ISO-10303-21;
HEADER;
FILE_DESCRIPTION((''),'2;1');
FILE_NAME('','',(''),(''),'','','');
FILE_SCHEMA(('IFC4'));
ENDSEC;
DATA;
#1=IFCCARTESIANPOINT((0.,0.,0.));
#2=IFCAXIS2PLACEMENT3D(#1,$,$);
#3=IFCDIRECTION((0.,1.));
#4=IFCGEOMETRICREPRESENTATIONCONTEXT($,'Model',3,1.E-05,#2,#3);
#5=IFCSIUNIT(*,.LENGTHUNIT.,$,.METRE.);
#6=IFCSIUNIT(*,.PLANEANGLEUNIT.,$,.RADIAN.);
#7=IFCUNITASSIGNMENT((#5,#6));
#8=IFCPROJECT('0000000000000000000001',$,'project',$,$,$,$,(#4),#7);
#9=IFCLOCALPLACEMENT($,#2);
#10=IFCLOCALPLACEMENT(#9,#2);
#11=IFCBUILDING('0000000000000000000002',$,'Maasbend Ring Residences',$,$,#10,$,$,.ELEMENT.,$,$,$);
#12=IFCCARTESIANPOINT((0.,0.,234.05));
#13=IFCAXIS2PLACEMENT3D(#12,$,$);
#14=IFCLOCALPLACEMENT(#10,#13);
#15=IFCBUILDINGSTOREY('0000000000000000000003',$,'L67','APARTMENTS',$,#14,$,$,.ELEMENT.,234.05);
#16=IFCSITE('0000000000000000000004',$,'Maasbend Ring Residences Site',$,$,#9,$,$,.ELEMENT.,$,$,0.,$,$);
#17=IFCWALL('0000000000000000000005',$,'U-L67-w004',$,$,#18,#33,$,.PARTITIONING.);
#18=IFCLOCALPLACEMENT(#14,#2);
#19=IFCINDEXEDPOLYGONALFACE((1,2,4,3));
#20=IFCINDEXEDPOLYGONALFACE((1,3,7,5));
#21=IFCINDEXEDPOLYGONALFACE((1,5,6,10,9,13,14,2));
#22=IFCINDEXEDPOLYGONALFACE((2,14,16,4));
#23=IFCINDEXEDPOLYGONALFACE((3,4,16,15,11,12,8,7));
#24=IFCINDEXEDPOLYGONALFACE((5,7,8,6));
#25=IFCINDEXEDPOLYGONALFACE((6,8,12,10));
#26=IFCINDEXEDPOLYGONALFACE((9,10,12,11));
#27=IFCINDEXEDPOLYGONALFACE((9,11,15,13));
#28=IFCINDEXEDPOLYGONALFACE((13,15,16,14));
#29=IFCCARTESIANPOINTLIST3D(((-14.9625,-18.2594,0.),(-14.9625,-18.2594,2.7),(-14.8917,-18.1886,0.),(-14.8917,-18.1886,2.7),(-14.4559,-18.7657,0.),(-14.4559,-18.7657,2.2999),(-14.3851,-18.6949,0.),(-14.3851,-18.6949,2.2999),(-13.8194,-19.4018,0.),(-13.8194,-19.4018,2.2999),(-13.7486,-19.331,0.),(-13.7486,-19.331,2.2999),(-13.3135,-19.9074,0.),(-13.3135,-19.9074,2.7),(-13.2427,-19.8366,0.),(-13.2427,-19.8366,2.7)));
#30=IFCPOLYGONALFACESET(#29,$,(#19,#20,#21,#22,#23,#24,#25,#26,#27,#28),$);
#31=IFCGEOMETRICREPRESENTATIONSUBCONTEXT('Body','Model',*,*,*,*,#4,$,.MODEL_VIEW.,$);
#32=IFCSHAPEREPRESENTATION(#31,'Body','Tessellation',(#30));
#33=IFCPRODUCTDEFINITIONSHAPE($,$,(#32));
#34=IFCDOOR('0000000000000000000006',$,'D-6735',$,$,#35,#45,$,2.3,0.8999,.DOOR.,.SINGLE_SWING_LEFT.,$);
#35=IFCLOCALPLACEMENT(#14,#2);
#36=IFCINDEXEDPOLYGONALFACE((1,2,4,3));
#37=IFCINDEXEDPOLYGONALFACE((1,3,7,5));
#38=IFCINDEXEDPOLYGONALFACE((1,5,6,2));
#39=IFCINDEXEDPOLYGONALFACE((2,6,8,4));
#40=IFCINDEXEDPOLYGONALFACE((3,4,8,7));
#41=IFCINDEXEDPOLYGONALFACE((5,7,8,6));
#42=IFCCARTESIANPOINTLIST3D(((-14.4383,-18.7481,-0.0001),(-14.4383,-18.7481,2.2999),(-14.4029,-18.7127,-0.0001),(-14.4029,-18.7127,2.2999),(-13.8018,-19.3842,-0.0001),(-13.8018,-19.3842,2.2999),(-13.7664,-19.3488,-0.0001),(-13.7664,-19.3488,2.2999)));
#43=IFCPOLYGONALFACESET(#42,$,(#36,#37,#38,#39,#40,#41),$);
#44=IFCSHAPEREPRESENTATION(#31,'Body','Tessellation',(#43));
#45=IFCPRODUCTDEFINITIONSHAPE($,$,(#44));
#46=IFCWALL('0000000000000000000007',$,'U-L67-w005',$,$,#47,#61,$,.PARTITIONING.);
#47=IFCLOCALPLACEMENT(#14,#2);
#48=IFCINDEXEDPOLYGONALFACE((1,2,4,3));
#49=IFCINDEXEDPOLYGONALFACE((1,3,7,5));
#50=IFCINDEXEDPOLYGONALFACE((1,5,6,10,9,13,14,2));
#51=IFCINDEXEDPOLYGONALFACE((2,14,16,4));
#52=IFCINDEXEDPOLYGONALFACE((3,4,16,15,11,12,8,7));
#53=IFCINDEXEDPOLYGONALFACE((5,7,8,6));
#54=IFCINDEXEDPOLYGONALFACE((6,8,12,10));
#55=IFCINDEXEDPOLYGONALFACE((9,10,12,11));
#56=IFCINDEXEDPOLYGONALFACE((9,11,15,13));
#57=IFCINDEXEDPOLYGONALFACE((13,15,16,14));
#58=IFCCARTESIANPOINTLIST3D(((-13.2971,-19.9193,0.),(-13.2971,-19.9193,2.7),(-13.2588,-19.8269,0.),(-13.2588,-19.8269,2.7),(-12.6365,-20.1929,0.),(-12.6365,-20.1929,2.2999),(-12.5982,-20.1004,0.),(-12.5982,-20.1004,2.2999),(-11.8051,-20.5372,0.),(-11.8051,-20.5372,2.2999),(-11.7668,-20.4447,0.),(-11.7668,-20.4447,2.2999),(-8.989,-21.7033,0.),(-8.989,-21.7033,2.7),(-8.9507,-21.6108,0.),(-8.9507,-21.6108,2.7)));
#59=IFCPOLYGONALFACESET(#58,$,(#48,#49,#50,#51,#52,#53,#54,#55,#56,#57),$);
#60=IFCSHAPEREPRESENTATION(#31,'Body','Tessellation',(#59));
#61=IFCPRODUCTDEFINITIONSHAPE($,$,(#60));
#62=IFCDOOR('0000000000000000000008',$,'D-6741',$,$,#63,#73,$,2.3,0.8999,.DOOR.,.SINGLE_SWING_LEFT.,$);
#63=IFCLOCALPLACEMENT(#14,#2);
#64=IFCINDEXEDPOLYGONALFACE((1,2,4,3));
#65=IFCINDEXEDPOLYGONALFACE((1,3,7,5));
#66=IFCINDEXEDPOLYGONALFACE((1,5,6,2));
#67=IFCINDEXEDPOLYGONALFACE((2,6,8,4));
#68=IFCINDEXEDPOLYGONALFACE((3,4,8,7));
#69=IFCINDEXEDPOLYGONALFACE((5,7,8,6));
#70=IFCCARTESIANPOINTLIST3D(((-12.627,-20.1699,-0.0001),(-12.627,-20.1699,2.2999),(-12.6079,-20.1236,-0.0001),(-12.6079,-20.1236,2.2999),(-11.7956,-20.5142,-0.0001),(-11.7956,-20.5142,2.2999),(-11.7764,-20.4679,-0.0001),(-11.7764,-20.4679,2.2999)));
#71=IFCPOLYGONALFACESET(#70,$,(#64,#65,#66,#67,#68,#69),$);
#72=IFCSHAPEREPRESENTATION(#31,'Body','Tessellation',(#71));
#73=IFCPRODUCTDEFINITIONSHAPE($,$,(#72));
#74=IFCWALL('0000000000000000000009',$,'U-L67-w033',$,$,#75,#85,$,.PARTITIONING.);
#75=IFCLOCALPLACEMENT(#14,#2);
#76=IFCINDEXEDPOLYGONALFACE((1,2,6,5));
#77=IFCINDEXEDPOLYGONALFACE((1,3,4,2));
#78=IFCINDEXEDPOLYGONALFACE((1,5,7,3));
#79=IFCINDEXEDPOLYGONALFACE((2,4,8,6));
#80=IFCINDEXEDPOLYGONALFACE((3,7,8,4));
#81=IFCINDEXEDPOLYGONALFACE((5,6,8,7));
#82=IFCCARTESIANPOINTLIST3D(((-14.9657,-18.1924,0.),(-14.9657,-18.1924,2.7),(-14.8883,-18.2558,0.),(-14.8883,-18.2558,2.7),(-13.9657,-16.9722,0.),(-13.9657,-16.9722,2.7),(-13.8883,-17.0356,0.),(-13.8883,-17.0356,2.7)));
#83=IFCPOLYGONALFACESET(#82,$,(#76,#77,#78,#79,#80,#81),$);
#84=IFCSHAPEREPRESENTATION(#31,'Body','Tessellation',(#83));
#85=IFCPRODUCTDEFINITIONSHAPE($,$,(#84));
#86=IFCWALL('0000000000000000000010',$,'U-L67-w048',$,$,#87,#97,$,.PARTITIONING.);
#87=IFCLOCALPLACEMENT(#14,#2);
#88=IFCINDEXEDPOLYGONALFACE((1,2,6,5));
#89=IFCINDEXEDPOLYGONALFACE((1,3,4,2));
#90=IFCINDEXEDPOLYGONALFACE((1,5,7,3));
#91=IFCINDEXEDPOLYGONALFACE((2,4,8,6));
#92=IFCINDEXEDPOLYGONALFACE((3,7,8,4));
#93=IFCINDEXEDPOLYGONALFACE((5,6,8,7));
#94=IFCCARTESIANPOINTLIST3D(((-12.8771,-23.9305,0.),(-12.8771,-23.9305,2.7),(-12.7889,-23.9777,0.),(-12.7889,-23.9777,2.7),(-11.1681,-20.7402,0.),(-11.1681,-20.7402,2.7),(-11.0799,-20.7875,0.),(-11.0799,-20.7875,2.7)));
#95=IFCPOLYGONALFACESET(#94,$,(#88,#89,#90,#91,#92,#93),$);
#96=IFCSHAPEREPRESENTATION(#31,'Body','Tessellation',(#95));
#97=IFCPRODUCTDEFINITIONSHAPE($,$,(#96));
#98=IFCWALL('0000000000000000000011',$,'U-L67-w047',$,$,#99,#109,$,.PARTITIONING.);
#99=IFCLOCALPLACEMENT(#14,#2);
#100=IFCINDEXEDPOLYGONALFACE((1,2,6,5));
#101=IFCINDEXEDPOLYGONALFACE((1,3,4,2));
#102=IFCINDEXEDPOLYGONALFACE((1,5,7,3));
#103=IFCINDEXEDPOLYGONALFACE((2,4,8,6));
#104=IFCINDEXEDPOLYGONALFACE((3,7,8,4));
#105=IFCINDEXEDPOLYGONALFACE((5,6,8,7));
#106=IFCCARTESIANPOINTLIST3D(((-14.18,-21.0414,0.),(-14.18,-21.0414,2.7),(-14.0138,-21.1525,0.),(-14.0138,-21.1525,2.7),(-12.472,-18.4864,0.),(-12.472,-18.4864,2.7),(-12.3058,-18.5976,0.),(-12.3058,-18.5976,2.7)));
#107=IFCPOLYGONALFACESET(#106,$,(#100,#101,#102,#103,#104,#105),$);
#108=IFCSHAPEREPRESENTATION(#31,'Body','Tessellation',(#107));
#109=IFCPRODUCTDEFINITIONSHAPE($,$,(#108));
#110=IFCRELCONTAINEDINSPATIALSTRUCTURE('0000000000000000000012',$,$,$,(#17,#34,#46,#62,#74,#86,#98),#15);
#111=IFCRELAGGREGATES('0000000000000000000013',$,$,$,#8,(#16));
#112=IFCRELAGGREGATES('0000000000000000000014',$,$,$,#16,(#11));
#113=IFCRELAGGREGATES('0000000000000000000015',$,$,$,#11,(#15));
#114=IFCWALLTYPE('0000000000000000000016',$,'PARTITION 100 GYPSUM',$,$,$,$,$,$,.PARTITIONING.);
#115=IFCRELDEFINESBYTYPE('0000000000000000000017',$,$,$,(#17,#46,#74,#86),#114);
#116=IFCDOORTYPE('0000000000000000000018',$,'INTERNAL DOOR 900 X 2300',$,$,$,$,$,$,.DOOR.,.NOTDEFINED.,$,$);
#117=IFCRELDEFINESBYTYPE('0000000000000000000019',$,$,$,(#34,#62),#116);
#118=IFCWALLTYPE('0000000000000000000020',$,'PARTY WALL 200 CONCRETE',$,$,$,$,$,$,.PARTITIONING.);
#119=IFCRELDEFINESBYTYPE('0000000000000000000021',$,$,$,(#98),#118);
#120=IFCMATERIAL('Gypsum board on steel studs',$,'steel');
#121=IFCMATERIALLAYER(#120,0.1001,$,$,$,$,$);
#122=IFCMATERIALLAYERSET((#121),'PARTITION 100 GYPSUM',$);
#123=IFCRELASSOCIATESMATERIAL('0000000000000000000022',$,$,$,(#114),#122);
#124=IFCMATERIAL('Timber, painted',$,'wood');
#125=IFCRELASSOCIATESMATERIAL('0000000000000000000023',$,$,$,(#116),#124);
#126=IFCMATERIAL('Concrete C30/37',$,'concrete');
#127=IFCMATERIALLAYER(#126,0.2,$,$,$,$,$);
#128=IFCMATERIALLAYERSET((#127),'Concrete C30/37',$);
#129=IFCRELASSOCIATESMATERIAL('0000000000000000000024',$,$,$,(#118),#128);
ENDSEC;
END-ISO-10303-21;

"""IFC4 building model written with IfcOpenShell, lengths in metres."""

from ifc_helpers import new_model, si_unit, direction, frame, frame_2d, origin, place, context, subcontext, project, spatial, rectangle, extrude, material, layer, layer_set, type_object, element, fill, save


model = new_model("IFC4")

# Units and contexts
model_context = context("Model", 3, precision=1e-05, world=origin(), true_north=direction((0.0, 1.0)))
body_context = subcontext(model_context, "Body", "Model", "MODEL_VIEW")
ifc_project = project(units=[si_unit("LENGTHUNIT", "METRE"), si_unit("PLANEANGLEUNIT", "RADIAN")], contexts=[model_context])

# Site, building, storey
site_placement = place(None, origin())
site = spatial("IfcSite", under=ifc_project, at=site_placement, Name="Maasbend Ring Residences Site", CompositionType="ELEMENT", RefElevation=0.0)
building_placement = place(site_placement, origin())
building = spatial("IfcBuilding", under=site, at=building_placement, Name="Maasbend Ring Residences", CompositionType="ELEMENT")
storey_placement = place(building_placement, frame((0.0, 0.0, 234.05)))
storey = spatial("IfcBuildingStorey", under=building, at=storey_placement, Name="L67", Description="APARTMENTS", CompositionType="ELEMENT", Elevation=234.05)

# Walls, openings, doors
ifc_material_1 = material(Name="Gypsum board on steel studs", Category="steel")
ifc_layer_1 = layer(ifc_material_1, 0.1001)
ifc_layer_set_1 = layer_set([ifc_layer_1], Name="PARTITION 100 GYPSUM")
wall_type_1 = type_object("IfcWallType", Name="PARTITION 100 GYPSUM", PredefinedType="PARTITIONING", material=ifc_layer_set_1)
wall_1_placement = place(storey_placement, frame((-14.927, -18.2241, 0.0), z_axis=(0.0, 0.0, 1.0), x_axis=(0.707316, -0.706897, 0.0)))
wall_1 = element("IfcWall", 1, at=wall_1_placement, inside=storey, type_object=wall_type_1, Name="U-L67-w004", PredefinedType="PARTITIONING", context=body_context, shape_type="SweptSolid", body=[
    extrude(rectangle(XDim=2.3313, YDim=0.1001, at=frame_2d((1.1655, 0.0))), origin(), (0.0, 0.0, 1.0), 2.7),
])
opening_1_placement = place(wall_1_placement, frame((0.7161, 0.0, 0.0)))
opening_1 = element("IfcOpeningElement", 2, at=opening_1_placement, cuts=wall_1, PredefinedType="OPENING", context=body_context, shape_type="SweptSolid", body=[
    extrude(rectangle(XDim=0.8999, YDim=2.3, at=frame_2d((0.45, 1.1499))), frame((0.0, 0.0601, 0.0), z_axis=(0.0, -1.0, 0.0), x_axis=(1.0, 0.0, 0.0)), (0.0, 0.0, 1.0), 0.1201),
])
ifc_material_2 = material(Name="Timber, painted", Category="wood")
door_type_1 = type_object("IfcDoorType", Name="INTERNAL DOOR 900 X 2300", OperationType="NOTDEFINED", PredefinedType="DOOR", material=ifc_material_2)
door_1_placement = place(opening_1_placement, origin())
door_1 = element("IfcDoor", 3, at=door_1_placement, inside=storey, type_object=door_type_1, Name="D-6735", OperationType="SINGLE_SWING_LEFT", OverallHeight=2.3, OverallWidth=0.8999, PredefinedType="DOOR", context=body_context, shape_type="SweptSolid", body=[
    extrude(rectangle(XDim=0.8999, YDim=2.3, at=frame_2d((0.45, 1.1499))), frame((0.0, 0.0249, 0.0), z_axis=(0.0, -1.0, 0.0), x_axis=(1.0, 0.0, 0.0)), (0.0, 0.0, 1.0), 0.05),
])
fill(opening_1, door_1)
wall_2_placement = place(storey_placement, frame((-13.2781, -19.873, 0.0), z_axis=(0.0, 0.0, 1.0), x_axis=(0.92392, -0.382585, 0.0)))
wall_2 = element("IfcWall", 4, at=wall_2_placement, inside=storey, type_object=wall_type_1, Name="U-L67-w005", PredefinedType="PARTITIONING", context=body_context, shape_type="SweptSolid", body=[
    extrude(rectangle(XDim=4.6628, YDim=0.1001, at=frame_2d((2.3315, 0.0))), origin(), (0.0, 0.0, 1.0), 2.7),
])
opening_2_placement = place(wall_2_placement, frame((0.7151, 0.0, 0.0)))
opening_2 = element("IfcOpeningElement", 5, at=opening_2_placement, cuts=wall_2, PredefinedType="OPENING", context=body_context, shape_type="SweptSolid", body=[
    extrude(rectangle(XDim=0.8999, YDim=2.3, at=frame_2d((0.45, 1.1499))), frame((0.0, 0.0601, 0.0), z_axis=(0.0, -1.0, 0.0), x_axis=(1.0, 0.0, 0.0)), (0.0, 0.0, 1.0), 0.1201),
])
door_2_placement = place(opening_2_placement, origin())
door_2 = element("IfcDoor", 6, at=door_2_placement, inside=storey, type_object=door_type_1, Name="D-6741", OperationType="SINGLE_SWING_LEFT", OverallHeight=2.3, OverallWidth=0.8999, PredefinedType="DOOR", context=body_context, shape_type="SweptSolid", body=[
    extrude(rectangle(XDim=0.8999, YDim=2.3, at=frame_2d((0.45, 1.1499))), frame((0.0, 0.0249, 0.0), z_axis=(0.0, -1.0, 0.0), x_axis=(1.0, 0.0, 0.0)), (0.0, 0.0, 1.0), 0.05),
])
fill(opening_2, door_2)

# Walls
wall_3_placement = place(storey_placement, frame((-14.927, -18.2241, 0.0), z_axis=(0.0, 0.0, 1.0), x_axis=(0.633861, 0.773447, 0.0)))
element("IfcWall", 7, at=wall_3_placement, inside=storey, type_object=wall_type_1, Name="U-L67-w033", PredefinedType="PARTITIONING", context=body_context, shape_type="SweptSolid", body=[
    extrude(rectangle(XDim=1.5776, YDim=0.1001, at=frame_2d((0.7888, 0.0))), origin(), (0.0, 0.0, 1.0), 2.7),
])
wall_4_placement = place(storey_placement, frame((-12.833, -23.9541, 0.0), z_axis=(0.0, 0.0, 1.0), x_axis=(0.472212, 0.881485, 0.0)))
element("IfcWall", 8, at=wall_4_placement, inside=storey, type_object=wall_type_1, Name="U-L67-w048", PredefinedType="PARTITIONING", context=body_context, shape_type="SweptSolid", body=[
    extrude(rectangle(XDim=3.6191, YDim=0.1001, at=frame_2d((1.8096, 0.0))), origin(), (0.0, 0.0, 1.0), 2.7),
])
ifc_material_3 = material(Name="Concrete C30/37", Category="concrete")
ifc_layer_2 = layer(ifc_material_3, 0.2)
ifc_layer_set_2 = layer_set([ifc_layer_2], Name="Concrete C30/37")
wall_type_2 = type_object("IfcWallType", Name="PARTY WALL 200 CONCRETE", PredefinedType="PARTITIONING", material=ifc_layer_set_2)
wall_5_placement = place(storey_placement, frame((-14.0969, -21.0969, 0.0), z_axis=(0.0, 0.0, 1.0), x_axis=(0.555763, 0.831341, 0.0)))
element("IfcWall", 9, at=wall_5_placement, inside=storey, type_object=wall_type_2, Name="U-L67-w047", PredefinedType="PARTITIONING", context=body_context, shape_type="SweptSolid", body=[
    extrude(rectangle(XDim=3.0732, YDim=0.2, at=frame_2d((1.5366, 0.0))), origin(), (0.0, 0.0, 1.0), 2.7),
])

save(model, "model.ifc")
